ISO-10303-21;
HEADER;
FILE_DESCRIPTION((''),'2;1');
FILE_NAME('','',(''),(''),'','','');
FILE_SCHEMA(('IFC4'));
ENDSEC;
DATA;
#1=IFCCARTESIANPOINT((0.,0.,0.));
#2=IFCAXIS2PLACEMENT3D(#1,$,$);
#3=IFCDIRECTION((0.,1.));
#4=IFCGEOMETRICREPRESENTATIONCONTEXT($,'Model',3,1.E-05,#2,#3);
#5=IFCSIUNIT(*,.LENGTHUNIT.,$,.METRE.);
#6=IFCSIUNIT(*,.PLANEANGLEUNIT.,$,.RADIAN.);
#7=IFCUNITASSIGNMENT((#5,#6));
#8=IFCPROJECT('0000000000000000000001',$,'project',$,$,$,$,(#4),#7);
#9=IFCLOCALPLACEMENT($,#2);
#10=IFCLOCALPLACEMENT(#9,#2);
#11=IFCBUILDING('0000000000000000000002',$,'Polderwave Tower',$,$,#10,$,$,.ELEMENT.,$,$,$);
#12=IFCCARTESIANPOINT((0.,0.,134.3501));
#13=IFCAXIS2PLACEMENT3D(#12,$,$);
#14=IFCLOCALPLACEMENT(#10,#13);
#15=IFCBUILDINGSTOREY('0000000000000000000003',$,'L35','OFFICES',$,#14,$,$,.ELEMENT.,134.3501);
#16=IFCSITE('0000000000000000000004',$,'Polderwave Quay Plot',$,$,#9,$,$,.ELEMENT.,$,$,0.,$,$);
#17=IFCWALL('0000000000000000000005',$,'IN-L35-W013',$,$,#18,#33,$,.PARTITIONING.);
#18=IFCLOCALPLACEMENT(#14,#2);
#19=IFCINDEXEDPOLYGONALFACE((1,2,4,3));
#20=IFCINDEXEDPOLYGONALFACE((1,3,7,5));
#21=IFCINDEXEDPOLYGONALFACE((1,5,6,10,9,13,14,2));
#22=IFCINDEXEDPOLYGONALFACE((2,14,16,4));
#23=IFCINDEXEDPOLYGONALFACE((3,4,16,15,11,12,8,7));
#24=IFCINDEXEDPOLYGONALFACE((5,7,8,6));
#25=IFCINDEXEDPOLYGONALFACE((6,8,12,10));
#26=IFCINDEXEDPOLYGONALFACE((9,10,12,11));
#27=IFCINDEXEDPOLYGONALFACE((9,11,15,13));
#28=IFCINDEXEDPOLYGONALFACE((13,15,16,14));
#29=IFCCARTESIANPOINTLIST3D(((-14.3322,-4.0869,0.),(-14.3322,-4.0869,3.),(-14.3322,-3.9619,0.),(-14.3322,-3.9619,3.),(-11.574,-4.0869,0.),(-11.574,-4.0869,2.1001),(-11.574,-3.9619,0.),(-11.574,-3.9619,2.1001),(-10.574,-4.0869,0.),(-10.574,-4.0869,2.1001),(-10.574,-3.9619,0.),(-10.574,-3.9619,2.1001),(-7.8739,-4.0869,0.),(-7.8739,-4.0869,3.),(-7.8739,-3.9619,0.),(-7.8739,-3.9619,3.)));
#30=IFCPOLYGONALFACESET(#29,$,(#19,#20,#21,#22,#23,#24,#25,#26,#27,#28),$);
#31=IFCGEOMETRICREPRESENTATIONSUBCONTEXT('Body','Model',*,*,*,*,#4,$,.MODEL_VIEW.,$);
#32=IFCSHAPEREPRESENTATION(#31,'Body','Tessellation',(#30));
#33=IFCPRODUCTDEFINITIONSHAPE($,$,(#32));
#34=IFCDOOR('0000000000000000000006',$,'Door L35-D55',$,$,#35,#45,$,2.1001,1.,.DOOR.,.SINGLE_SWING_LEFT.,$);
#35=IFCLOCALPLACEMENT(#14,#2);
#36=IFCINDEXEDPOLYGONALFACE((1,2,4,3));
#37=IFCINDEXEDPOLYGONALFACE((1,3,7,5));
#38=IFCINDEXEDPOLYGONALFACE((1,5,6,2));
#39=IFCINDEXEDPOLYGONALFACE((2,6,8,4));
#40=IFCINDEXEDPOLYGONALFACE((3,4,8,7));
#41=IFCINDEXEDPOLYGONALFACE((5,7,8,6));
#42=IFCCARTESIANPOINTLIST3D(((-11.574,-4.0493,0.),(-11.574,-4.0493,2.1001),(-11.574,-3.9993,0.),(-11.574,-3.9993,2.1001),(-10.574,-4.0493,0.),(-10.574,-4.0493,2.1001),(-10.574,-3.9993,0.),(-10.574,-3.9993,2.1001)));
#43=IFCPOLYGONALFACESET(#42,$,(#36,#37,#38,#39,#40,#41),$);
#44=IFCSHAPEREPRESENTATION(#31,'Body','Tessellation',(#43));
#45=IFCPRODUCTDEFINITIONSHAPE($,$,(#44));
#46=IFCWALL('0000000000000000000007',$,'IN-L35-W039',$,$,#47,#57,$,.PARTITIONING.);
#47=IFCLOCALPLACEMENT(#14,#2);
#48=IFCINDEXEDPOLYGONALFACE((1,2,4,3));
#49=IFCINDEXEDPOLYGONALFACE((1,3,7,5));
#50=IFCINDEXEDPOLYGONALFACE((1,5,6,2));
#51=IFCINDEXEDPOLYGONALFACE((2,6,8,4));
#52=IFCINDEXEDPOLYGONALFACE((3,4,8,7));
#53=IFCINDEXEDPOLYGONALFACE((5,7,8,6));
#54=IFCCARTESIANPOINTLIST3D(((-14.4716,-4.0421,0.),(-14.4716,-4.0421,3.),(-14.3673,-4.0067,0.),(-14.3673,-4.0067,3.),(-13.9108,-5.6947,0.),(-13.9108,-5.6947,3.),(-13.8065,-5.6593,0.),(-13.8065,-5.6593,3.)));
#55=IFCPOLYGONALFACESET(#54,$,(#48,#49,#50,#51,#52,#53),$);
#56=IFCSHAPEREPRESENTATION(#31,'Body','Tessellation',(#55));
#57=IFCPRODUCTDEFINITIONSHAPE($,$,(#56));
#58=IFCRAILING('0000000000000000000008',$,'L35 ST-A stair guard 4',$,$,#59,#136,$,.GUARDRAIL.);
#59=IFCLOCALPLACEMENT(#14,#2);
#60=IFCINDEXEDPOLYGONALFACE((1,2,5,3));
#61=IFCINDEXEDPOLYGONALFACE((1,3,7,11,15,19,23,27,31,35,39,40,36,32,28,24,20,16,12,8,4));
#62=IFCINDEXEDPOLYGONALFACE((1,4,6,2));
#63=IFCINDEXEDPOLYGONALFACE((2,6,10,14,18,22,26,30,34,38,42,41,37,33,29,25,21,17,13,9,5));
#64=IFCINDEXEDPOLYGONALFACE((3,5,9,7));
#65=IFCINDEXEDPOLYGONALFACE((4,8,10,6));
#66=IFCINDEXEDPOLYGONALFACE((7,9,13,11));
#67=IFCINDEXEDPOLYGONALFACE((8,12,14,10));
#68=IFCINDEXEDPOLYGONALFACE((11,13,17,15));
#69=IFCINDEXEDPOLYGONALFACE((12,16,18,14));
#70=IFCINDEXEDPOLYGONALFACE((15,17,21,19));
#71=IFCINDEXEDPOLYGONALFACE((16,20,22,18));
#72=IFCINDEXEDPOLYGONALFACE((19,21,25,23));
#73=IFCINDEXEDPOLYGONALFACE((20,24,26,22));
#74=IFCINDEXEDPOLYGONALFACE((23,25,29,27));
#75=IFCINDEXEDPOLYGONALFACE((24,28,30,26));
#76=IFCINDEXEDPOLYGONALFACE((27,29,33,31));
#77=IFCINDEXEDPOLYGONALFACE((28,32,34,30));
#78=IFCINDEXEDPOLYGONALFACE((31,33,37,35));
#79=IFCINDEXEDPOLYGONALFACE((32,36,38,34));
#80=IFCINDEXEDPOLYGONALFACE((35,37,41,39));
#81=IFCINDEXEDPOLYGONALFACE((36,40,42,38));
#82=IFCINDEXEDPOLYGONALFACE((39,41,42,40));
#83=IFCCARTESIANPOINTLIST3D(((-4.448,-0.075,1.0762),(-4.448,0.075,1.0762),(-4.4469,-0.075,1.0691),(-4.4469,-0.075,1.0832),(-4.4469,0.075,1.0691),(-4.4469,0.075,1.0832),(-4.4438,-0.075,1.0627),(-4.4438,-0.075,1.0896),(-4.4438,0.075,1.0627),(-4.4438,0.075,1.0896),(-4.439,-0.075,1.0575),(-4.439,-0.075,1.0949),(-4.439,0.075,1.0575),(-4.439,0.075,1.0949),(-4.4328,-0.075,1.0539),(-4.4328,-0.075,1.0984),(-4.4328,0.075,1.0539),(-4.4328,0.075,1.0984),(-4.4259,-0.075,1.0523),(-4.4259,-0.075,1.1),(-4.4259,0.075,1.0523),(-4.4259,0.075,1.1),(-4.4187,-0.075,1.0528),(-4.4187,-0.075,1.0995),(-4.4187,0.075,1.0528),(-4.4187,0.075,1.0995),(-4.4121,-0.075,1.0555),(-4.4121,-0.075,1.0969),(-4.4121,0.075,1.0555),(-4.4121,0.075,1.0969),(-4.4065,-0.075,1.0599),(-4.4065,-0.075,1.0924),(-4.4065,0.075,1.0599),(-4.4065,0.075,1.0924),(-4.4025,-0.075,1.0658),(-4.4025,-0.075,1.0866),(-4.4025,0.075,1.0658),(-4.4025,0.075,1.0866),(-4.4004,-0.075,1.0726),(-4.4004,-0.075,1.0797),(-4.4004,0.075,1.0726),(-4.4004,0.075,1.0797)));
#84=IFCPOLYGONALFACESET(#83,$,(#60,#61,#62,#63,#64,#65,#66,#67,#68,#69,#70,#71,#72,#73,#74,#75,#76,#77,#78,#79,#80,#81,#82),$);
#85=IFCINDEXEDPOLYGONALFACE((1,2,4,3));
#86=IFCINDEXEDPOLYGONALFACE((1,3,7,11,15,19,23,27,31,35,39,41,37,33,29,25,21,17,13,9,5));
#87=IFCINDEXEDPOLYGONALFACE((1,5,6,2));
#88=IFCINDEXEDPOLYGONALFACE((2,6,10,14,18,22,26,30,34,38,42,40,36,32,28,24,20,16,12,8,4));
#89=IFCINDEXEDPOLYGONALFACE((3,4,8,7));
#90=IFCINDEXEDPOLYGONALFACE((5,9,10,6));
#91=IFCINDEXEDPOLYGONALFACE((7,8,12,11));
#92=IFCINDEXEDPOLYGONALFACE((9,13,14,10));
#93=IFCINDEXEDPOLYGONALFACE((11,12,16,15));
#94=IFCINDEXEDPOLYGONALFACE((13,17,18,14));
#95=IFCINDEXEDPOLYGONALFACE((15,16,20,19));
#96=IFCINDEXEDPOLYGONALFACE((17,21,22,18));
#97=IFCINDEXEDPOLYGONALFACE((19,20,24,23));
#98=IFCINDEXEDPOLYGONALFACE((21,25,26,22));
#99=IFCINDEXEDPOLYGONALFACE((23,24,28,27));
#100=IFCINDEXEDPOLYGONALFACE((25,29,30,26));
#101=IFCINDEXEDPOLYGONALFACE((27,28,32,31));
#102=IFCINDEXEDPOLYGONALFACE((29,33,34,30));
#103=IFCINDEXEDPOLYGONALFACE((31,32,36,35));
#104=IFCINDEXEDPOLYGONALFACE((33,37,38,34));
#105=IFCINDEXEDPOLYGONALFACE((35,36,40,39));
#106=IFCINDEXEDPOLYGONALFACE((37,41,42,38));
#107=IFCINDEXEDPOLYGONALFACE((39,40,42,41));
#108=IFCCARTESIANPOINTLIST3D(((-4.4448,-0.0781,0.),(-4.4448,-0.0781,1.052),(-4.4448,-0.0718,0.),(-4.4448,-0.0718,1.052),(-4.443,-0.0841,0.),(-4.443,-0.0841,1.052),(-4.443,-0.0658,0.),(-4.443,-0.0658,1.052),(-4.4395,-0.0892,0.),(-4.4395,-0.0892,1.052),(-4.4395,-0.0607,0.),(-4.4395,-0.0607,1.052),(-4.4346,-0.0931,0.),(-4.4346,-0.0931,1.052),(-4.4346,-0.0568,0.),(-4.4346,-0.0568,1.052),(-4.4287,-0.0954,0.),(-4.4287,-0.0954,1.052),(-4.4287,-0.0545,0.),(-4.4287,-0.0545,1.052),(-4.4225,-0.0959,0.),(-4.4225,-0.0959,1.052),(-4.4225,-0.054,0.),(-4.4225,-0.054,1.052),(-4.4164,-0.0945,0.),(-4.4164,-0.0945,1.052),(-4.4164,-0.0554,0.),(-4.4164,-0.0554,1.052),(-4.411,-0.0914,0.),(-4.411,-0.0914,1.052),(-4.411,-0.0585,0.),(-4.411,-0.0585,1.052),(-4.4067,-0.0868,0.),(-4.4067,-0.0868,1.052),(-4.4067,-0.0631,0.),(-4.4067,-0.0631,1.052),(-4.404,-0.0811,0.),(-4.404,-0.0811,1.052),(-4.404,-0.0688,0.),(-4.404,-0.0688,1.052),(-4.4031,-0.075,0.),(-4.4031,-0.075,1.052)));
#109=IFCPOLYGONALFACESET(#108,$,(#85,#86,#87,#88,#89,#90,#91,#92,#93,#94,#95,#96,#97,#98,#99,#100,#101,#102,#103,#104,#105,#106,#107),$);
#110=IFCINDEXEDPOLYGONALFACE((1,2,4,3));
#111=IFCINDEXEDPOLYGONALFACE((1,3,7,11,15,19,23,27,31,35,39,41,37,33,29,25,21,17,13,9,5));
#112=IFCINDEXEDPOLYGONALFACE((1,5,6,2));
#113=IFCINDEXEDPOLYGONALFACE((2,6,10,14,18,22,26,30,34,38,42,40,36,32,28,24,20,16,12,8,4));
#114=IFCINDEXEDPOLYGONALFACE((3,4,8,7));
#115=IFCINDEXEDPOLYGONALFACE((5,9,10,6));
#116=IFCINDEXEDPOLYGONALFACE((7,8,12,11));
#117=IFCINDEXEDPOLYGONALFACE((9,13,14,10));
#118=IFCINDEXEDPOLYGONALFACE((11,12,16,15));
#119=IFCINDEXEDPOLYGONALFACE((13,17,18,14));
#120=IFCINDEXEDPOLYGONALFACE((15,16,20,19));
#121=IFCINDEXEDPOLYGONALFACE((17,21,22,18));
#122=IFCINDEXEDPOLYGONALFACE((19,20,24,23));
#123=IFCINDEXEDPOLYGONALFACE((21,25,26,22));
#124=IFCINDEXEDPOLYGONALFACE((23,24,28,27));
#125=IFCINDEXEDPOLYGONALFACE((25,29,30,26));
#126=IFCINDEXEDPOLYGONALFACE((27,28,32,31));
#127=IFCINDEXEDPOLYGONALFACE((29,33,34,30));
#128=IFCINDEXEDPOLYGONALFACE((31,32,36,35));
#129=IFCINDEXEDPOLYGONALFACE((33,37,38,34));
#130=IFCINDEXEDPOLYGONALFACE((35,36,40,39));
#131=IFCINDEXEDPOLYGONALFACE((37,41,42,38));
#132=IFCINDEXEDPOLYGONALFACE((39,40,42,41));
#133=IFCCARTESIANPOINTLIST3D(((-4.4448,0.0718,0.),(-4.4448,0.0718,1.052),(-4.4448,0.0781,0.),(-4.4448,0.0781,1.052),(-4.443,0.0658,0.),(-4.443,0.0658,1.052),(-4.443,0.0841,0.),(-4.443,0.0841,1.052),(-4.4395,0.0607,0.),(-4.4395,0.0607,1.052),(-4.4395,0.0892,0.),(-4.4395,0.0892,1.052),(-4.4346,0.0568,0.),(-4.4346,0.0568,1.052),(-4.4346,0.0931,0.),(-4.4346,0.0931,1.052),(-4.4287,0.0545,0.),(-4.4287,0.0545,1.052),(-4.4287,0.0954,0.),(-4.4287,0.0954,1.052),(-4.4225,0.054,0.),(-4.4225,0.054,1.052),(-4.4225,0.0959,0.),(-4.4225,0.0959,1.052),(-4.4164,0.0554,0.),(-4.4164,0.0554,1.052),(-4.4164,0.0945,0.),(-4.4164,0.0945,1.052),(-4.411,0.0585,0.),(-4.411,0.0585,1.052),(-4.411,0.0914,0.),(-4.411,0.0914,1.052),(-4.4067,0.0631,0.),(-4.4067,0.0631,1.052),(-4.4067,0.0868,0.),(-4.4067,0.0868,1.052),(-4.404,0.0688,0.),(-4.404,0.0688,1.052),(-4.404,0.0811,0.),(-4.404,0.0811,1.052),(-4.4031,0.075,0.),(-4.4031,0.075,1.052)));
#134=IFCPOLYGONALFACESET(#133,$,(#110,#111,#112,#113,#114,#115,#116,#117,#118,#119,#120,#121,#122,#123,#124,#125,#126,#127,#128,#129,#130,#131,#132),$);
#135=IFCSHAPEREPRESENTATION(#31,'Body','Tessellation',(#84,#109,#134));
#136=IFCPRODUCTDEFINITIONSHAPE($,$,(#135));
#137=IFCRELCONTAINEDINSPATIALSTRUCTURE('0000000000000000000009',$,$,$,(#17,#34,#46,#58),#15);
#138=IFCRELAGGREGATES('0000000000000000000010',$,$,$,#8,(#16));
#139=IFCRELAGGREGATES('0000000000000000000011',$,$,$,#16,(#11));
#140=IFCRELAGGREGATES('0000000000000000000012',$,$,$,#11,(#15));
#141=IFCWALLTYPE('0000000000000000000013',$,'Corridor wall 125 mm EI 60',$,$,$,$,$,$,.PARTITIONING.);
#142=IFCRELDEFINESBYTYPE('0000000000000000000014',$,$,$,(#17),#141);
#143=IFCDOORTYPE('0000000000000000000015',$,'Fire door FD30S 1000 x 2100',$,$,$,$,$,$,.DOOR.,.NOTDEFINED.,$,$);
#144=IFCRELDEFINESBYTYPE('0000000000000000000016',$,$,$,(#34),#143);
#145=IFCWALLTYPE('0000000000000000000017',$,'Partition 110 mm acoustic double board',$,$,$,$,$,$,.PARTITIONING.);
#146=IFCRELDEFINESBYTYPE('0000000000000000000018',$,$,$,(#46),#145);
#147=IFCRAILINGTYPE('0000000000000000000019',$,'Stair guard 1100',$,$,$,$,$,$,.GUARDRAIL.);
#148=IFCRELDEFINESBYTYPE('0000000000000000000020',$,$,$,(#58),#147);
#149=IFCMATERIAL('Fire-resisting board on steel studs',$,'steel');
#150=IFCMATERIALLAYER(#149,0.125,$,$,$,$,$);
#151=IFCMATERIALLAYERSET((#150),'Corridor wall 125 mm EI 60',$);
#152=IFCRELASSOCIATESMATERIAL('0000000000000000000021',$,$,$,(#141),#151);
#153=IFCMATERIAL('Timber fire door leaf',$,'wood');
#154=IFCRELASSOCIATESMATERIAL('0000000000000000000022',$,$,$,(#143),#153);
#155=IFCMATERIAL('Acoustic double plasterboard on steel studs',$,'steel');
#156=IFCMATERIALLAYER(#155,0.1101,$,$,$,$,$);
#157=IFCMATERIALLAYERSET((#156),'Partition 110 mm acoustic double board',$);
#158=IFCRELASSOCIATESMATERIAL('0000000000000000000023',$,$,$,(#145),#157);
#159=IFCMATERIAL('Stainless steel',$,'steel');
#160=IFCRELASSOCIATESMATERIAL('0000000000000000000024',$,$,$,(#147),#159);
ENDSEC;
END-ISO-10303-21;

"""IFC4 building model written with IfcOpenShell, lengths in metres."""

from ifc_helpers import new_model, si_unit, direction, frame, frame_2d, origin, origin_2d, place, context, subcontext, project, spatial, rectangle, circle, extrude, material, layer, layer_set, type_object, element, fill, save


model = new_model("IFC4")

# Units and contexts
model_context = context("Model", 3, precision=1e-05, world=origin(), true_north=direction((0.0, 1.0)))
body_context = subcontext(model_context, "Body", "Model", "MODEL_VIEW")
ifc_project = project(units=[si_unit("LENGTHUNIT", "METRE"), si_unit("PLANEANGLEUNIT", "RADIAN")], contexts=[model_context])

# Site, building, storey
site_placement = place(None, origin())
site = spatial("IfcSite", under=ifc_project, at=site_placement, Name="Polderwave Quay Plot", CompositionType="ELEMENT", RefElevation=0.0)
building_placement = place(site_placement, origin())
building = spatial("IfcBuilding", under=site, at=building_placement, Name="Polderwave Tower", CompositionType="ELEMENT")
storey_placement = place(building_placement, frame((0.0, 0.0, 134.3501)))
storey = spatial("IfcBuildingStorey", under=building, at=storey_placement, Name="L35", Description="OFFICES", CompositionType="ELEMENT", Elevation=134.3501)

# Shared definitions
ifc_material_1 = material(Name="Stainless steel", Category="steel")

# Wall, opening, door
ifc_material_2 = material(Name="Fire-resisting board on steel studs", Category="steel")
ifc_layer_1 = layer(ifc_material_2, 0.125)
ifc_layer_set_1 = layer_set([ifc_layer_1], Name="Corridor wall 125 mm EI 60")
wall_type_1 = type_object("IfcWallType", Name="Corridor wall 125 mm EI 60", PredefinedType="PARTITIONING", material=ifc_layer_set_1)
wall_1_placement = place(storey_placement, frame((-7.874, -4.0244, 0.0), z_axis=(0.0, 0.0, 1.0), x_axis=(-1.0, 0.0, 0.0)))
wall_1 = element("IfcWall", 1, at=wall_1_placement, inside=storey, type_object=wall_type_1, Name="IN-L35-W013", PredefinedType="PARTITIONING", context=body_context, shape_type="SweptSolid", body=[
    extrude(rectangle(XDim=6.4583, YDim=0.125, at=frame_2d((3.229, 0.0))), origin(), (0.0, 0.0, 1.0), 3.0),
])
opening_1_placement = place(wall_1_placement, frame((2.7, 0.0, 0.0)))
opening_1 = element("IfcOpeningElement", 2, at=opening_1_placement, cuts=wall_1, PredefinedType="OPENING", context=body_context, shape_type="SweptSolid", body=[
    extrude(rectangle(XDim=1.0, YDim=2.1001, at=frame_2d((0.5, 1.05))), frame((0.0, 0.0725, 0.0), z_axis=(0.0, -1.0, 0.0), x_axis=(1.0, 0.0, 0.0)), (0.0, 0.0, 1.0), 0.145),
])
ifc_material_3 = material(Name="Timber fire door leaf", Category="wood")
door_type_1 = type_object("IfcDoorType", Name="Fire door FD30S 1000 x 2100", OperationType="NOTDEFINED", PredefinedType="DOOR", material=ifc_material_3)
door_1_placement = place(opening_1_placement, origin())
door_1 = element("IfcDoor", 3, at=door_1_placement, inside=storey, type_object=door_type_1, Name="Door L35-D55", OperationType="SINGLE_SWING_LEFT", OverallHeight=2.1001, OverallWidth=1.0, PredefinedType="DOOR", context=body_context, shape_type="SweptSolid", body=[
    extrude(rectangle(XDim=1.0, YDim=2.1001, at=frame_2d((0.5, 1.05))), frame((0.0, 0.0249, 0.0), z_axis=(0.0, -1.0, 0.0), x_axis=(1.0, 0.0, 0.0)), (0.0, 0.0, 1.0), 0.05),
])
fill(opening_1, door_1)

# Wall
ifc_material_4 = material(Name="Acoustic double plasterboard on steel studs", Category="steel")
ifc_layer_2 = layer(ifc_material_4, 0.1101)
ifc_layer_set_2 = layer_set([ifc_layer_2], Name="Partition 110 mm acoustic double board")
wall_type_2 = type_object("IfcWallType", Name="Partition 110 mm acoustic double board", PredefinedType="PARTITIONING", material=ifc_layer_set_2)
wall_2_placement = place(storey_placement, frame((-13.8586, -5.677, 0.0), z_axis=(0.0, 0.0, 1.0), x_axis=(-0.321343, 0.946963, 0.0)))
element("IfcWall", 4, at=wall_2_placement, inside=storey, type_object=wall_type_2, Name="IN-L35-W039", PredefinedType="PARTITIONING", context=body_context, shape_type="SweptSolid", body=[
    extrude(rectangle(XDim=1.7451, YDim=0.1101, at=frame_2d((0.8726, 0.0))), origin(), (0.0, 0.0, 1.0), 3.0),
])

# Railing
railing_type = type_object("IfcRailingType", Name="Stair guard 1100", PredefinedType="GUARDRAIL", material=ifc_material_1)
railing_placement = place(storey_placement, frame((-4.4241, -0.075, 0.0)))
element("IfcRailing", 5, at=railing_placement, inside=storey, type_object=railing_type, Name="L35 ST-A stair guard 4", PredefinedType="GUARDRAIL", context=body_context, shape_type="SweptSolid", body=[
    extrude(circle(Radius=0.0239, at=origin_2d()), frame((0.0, 0.0, 1.0762), z_axis=(0.0, 1.0, 0.0), x_axis=(-1.0, 0.0, 0.0)), (0.0, 0.0, 1.0), 0.1499),
    extrude(circle(Radius=0.021, at=origin_2d()), origin(), (0.0, 0.0, 1.0), 1.052),
    extrude(circle(Radius=0.021, at=origin_2d()), frame((0.0, 0.1499, 0.0)), (0.0, 0.0, 1.0), 1.052),
])

save(model, "model.ifc")
